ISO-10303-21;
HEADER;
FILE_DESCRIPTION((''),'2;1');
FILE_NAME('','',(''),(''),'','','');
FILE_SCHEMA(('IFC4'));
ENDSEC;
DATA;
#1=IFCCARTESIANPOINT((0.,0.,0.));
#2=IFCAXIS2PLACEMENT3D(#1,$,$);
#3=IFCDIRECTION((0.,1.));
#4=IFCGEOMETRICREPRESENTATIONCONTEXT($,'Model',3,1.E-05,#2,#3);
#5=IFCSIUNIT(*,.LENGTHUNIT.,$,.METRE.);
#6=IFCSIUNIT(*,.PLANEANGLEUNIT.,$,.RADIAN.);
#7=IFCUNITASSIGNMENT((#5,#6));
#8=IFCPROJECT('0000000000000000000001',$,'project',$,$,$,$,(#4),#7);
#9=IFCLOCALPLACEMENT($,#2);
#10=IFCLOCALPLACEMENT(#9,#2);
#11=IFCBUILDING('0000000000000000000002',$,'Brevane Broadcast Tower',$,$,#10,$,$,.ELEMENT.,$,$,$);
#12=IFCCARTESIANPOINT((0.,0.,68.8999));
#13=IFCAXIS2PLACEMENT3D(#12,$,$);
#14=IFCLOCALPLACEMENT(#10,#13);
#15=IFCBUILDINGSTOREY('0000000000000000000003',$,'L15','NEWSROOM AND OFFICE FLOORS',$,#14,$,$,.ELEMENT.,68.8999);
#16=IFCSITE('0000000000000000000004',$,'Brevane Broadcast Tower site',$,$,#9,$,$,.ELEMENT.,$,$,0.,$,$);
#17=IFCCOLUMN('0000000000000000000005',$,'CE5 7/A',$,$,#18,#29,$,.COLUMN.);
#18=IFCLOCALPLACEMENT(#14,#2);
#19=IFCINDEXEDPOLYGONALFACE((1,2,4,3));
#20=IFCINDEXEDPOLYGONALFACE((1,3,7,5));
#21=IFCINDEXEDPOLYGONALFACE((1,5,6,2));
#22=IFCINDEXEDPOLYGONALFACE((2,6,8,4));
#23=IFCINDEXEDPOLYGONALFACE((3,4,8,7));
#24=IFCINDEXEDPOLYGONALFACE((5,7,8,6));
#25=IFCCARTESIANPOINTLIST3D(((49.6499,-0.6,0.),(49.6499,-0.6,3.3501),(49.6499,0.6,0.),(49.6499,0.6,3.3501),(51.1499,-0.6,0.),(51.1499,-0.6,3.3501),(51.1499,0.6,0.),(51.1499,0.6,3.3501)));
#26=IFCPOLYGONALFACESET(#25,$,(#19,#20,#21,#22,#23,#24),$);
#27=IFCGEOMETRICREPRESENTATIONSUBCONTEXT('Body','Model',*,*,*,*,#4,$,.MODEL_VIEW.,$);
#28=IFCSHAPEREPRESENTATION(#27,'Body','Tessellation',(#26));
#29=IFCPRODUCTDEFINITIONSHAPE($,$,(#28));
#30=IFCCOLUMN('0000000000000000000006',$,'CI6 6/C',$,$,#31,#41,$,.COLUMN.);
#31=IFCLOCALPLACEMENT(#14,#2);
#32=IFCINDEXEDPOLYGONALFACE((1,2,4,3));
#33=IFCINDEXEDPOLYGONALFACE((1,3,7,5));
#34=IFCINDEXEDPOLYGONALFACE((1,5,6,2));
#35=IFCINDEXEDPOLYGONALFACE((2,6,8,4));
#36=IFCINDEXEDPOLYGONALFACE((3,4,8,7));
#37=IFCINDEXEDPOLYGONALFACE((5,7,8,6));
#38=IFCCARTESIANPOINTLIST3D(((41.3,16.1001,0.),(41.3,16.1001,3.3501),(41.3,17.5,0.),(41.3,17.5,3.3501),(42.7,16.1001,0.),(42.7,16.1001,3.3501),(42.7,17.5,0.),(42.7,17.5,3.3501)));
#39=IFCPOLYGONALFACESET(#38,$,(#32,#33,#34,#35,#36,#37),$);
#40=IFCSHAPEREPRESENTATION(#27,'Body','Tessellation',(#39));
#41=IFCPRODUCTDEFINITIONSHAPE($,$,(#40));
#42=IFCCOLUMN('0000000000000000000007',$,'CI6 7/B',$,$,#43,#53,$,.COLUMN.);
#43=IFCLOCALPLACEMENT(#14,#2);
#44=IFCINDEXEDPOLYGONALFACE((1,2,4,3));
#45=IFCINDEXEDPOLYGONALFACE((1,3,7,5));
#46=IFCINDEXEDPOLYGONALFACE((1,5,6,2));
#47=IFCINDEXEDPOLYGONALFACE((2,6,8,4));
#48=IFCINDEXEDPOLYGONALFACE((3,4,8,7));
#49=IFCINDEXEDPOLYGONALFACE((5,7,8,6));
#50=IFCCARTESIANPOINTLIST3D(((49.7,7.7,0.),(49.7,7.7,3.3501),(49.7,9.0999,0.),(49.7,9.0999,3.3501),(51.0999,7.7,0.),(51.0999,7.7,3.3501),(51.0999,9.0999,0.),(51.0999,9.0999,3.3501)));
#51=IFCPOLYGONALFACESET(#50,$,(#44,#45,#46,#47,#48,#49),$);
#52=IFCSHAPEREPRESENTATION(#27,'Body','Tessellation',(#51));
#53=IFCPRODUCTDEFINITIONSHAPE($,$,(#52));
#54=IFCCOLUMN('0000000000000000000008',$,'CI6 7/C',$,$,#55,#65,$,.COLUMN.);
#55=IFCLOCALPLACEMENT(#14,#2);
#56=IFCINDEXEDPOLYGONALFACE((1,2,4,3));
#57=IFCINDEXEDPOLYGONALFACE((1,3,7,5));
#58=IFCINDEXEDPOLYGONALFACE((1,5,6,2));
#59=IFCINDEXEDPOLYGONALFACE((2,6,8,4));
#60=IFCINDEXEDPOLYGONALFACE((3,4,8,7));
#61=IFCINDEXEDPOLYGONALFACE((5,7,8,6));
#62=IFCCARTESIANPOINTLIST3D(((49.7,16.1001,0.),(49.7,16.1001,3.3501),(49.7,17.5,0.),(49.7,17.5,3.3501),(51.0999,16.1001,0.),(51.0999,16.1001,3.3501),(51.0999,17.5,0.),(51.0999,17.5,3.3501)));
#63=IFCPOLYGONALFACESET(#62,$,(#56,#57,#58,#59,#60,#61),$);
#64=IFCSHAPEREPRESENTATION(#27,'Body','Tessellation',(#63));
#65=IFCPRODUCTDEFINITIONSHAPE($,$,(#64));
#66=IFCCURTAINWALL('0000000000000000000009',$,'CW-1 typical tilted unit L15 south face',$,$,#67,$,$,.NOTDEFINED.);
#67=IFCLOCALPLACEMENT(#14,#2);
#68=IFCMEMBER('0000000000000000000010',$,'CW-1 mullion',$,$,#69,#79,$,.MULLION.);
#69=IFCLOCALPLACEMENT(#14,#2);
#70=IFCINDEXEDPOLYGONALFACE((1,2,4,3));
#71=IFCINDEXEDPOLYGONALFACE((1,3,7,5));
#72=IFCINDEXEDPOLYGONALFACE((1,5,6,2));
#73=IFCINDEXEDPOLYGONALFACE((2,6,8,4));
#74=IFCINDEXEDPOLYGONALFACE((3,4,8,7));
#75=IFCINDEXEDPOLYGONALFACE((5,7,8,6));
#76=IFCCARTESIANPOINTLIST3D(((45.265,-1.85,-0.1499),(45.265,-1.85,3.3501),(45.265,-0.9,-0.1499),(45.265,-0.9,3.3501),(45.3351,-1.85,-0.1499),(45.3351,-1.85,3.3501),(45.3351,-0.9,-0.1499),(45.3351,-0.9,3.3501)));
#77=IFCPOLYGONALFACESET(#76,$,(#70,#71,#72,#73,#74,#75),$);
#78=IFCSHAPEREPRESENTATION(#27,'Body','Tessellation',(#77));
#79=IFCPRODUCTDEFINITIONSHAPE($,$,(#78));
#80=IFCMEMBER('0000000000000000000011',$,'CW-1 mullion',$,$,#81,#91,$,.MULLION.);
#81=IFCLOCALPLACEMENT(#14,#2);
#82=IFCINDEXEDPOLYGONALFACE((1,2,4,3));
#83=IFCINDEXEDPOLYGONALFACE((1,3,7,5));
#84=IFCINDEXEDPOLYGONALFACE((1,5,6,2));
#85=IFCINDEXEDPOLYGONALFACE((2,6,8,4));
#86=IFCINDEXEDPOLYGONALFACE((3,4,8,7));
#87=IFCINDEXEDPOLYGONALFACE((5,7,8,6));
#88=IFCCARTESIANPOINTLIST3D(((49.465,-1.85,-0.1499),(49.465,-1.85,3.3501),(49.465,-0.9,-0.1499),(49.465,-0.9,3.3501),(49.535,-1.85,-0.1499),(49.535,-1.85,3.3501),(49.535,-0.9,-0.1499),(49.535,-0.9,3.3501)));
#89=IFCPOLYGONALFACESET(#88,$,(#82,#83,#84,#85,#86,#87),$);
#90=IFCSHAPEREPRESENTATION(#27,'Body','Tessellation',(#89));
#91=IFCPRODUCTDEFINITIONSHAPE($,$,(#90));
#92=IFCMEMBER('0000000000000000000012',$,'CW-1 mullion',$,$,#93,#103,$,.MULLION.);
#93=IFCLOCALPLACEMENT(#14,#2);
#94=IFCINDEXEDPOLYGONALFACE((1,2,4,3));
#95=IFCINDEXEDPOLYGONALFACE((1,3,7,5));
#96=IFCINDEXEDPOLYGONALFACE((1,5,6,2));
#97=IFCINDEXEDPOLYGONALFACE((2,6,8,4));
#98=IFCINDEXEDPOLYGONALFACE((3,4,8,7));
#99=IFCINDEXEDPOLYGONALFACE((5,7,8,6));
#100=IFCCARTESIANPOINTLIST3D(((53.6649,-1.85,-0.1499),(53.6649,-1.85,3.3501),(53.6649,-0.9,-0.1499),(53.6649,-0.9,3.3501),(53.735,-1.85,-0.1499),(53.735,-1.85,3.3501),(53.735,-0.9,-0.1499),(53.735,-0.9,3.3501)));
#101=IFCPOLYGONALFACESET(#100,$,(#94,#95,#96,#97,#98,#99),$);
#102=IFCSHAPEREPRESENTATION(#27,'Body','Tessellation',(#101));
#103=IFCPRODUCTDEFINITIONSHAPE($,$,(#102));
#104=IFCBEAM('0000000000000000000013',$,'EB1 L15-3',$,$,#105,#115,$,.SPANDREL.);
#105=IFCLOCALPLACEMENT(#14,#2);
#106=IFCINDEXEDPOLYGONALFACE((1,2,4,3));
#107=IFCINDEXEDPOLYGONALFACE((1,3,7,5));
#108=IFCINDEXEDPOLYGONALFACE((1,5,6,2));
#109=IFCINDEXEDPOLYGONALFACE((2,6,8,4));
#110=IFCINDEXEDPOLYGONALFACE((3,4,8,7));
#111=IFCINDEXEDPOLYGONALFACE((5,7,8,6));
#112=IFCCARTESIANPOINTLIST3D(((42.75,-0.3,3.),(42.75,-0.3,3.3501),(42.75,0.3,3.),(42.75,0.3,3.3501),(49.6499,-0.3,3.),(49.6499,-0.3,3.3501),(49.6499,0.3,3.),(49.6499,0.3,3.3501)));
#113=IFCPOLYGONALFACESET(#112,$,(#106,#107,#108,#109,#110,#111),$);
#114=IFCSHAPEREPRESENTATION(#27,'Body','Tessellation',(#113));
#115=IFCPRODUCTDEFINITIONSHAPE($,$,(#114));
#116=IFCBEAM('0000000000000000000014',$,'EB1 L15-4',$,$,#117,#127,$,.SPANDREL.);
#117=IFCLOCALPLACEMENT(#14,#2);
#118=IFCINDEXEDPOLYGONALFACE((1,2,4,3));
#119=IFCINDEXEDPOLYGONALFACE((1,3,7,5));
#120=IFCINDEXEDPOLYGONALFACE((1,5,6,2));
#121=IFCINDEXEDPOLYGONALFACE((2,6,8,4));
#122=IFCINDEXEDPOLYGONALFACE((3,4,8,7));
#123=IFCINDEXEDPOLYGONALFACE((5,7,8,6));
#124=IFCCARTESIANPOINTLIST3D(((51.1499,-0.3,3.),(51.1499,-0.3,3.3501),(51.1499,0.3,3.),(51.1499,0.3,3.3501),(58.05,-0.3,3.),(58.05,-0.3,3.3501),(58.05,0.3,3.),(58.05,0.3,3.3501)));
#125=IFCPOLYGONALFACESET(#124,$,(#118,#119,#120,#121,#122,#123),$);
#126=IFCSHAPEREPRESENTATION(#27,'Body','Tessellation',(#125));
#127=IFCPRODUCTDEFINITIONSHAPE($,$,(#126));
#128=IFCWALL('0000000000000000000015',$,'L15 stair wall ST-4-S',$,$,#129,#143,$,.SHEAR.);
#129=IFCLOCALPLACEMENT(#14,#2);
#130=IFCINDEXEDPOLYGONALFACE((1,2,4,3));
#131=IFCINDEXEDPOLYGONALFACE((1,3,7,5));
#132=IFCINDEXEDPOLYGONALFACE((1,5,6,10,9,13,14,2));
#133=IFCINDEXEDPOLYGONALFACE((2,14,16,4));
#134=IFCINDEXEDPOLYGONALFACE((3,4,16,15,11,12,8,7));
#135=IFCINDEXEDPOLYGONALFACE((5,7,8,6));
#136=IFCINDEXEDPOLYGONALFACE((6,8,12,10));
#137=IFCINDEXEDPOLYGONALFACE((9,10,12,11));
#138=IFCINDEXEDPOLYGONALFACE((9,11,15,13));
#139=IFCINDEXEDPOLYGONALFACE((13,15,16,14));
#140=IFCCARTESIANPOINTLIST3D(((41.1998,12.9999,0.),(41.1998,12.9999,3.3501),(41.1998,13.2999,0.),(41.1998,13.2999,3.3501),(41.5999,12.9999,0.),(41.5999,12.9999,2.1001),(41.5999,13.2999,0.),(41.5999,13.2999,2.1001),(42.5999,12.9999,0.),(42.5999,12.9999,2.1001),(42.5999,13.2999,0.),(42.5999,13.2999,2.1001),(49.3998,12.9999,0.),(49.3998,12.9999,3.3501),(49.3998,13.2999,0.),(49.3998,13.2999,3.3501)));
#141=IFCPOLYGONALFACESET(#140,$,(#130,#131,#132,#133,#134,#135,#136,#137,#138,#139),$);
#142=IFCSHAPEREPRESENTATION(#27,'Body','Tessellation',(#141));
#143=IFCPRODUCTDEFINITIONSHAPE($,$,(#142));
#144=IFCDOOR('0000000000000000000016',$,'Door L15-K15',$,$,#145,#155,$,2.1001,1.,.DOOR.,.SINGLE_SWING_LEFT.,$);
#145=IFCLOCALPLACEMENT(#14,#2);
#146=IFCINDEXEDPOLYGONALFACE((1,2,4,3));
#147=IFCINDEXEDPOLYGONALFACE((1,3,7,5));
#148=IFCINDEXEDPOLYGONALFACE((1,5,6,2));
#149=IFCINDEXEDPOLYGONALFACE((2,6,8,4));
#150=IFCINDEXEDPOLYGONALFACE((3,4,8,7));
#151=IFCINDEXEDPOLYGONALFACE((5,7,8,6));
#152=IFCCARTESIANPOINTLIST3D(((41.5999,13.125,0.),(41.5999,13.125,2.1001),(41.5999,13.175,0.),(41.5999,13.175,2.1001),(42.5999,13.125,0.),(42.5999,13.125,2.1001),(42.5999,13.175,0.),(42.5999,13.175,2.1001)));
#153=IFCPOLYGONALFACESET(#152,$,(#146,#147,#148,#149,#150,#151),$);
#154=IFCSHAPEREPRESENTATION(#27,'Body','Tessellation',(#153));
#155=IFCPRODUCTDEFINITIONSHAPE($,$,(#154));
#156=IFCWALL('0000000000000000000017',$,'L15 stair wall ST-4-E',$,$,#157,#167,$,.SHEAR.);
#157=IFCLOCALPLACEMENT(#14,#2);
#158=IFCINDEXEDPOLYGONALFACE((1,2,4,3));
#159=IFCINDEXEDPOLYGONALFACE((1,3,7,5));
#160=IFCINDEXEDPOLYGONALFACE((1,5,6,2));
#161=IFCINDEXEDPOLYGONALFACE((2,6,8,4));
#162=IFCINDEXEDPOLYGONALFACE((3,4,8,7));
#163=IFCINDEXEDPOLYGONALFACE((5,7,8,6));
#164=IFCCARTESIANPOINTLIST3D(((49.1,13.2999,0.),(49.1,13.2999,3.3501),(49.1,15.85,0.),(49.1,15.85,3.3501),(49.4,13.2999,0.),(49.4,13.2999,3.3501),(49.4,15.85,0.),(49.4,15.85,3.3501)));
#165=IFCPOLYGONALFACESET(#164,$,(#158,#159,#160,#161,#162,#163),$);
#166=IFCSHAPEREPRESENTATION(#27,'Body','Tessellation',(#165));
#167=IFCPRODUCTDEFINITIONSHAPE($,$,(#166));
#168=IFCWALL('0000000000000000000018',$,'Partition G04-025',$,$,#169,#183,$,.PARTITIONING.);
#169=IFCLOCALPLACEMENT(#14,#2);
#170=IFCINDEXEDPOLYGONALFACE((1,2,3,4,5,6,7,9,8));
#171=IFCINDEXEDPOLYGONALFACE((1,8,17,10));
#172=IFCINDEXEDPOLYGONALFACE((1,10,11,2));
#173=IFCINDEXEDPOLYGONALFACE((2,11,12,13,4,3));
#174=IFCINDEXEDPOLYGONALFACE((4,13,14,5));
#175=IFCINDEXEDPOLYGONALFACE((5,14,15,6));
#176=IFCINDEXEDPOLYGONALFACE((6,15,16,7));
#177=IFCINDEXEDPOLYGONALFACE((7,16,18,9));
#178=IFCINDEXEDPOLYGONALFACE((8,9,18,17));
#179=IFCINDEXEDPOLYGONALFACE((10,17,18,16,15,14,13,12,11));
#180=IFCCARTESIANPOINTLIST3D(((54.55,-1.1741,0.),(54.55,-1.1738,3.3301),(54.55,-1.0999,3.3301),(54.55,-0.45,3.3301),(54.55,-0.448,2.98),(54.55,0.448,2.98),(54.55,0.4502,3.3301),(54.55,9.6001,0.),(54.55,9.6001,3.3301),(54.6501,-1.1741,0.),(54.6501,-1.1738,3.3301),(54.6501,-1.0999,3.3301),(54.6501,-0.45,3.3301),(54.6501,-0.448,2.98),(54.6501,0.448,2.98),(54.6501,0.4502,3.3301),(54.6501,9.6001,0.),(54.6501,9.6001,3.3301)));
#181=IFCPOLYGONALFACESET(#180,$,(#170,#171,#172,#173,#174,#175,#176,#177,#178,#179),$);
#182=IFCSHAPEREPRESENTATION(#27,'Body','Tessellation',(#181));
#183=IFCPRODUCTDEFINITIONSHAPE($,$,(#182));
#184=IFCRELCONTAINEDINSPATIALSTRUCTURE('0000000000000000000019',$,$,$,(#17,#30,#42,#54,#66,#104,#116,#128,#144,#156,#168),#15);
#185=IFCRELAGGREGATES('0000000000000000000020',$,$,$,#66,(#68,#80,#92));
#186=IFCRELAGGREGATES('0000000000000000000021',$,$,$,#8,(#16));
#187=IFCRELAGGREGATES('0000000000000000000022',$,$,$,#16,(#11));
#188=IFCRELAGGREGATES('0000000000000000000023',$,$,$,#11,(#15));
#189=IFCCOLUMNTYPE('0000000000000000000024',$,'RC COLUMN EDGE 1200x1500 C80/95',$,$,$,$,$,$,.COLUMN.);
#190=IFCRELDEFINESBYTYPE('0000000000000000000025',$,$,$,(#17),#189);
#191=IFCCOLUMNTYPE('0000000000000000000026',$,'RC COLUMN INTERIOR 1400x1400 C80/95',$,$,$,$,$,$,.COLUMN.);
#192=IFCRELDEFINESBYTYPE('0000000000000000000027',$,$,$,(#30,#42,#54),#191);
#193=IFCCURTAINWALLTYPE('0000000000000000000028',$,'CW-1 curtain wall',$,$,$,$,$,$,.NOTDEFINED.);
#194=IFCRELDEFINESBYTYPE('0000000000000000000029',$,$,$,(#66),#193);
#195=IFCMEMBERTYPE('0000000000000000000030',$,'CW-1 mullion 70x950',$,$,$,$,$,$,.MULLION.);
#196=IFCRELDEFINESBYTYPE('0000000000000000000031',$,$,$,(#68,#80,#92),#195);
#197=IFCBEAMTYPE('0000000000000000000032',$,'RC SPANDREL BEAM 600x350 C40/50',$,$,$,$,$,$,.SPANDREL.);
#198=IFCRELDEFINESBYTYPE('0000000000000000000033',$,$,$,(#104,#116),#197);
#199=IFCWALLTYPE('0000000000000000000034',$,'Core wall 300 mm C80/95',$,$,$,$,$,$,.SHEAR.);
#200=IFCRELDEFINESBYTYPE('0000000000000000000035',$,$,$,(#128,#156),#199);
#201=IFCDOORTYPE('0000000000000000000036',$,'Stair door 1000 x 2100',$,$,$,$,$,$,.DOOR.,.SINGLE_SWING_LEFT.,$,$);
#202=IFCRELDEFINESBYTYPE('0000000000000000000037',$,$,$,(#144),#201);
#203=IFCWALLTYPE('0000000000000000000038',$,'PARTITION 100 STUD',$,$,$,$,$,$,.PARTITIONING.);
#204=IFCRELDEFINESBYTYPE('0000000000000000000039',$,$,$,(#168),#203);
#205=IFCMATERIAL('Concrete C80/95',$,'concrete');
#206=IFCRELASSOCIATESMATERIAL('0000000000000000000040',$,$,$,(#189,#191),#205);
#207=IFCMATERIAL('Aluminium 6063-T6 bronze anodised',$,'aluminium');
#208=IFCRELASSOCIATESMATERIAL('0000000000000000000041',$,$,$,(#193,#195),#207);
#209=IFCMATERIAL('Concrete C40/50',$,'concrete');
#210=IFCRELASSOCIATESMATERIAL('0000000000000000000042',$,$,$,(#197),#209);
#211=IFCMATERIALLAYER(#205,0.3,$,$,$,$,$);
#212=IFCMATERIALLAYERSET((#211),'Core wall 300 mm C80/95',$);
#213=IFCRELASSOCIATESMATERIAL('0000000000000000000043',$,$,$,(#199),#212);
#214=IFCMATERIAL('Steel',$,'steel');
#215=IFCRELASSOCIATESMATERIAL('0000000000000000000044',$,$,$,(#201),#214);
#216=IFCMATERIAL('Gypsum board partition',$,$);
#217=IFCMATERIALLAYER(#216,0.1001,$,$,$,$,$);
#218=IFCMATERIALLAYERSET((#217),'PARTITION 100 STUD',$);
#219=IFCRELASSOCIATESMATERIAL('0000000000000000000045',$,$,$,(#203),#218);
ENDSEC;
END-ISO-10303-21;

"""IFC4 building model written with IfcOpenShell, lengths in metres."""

from ifc_helpers import new_model, si_unit, direction, frame, frame_2d, origin, origin_2d, place, context, subcontext, project, spatial, polyline, rectangle, outline, extrude, material, layer, layer_set, material_profile, profile_set, type_object, element, fill, aggregate, save


model = new_model("IFC4")

# Units and contexts
model_context = context("Model", 3, precision=1e-05, world=origin(), true_north=direction((0.0, 1.0)))
body_context = subcontext(model_context, "Body", "Model", "MODEL_VIEW")
ifc_project = project(units=[si_unit("LENGTHUNIT", "METRE"), si_unit("PLANEANGLEUNIT", "RADIAN")], contexts=[model_context])

# Site, building, storey
site_placement = place(None, origin())
site = spatial("IfcSite", under=ifc_project, at=site_placement, Name="Brevane Broadcast Tower site", CompositionType="ELEMENT", RefElevation=0.0)
building_placement = place(site_placement, origin())
building = spatial("IfcBuilding", under=site, at=building_placement, Name="Brevane Broadcast Tower", CompositionType="ELEMENT")
storey_placement = place(building_placement, frame((0.0, 0.0, 68.8999)))
storey = spatial("IfcBuildingStorey", under=building, at=storey_placement, Name="L15", Description="NEWSROOM AND OFFICE FLOORS", CompositionType="ELEMENT", Elevation=68.8999)

# Columns
ifc_material_1 = material(Name="Concrete C80/95", Category="concrete")
ifc_material_profile_1 = material_profile(ifc_material_1, rectangle(XDim=1.2, YDim=1.5, at=origin_2d()), Name="RC 1200x1500")
ifc_profile_set_1 = profile_set([ifc_material_profile_1], Name="Concrete C80/95")
column_type_1 = type_object("IfcColumnType", Name="RC COLUMN EDGE 1200x1500 C80/95", PredefinedType="COLUMN", material=ifc_profile_set_1)
column_placement = place(storey_placement, frame((50.3999, 0.0, 0.0), z_axis=(0.0, 0.0, 1.0), x_axis=(0.0, 1.0, 0.0)))
element("IfcColumn", 1, at=column_placement, inside=storey, type_object=column_type_1, Name="CE5 7/A", PredefinedType="COLUMN", context=body_context, shape_type="SweptSolid", body=[
    extrude(rectangle(XDim=1.2, YDim=1.5, at=origin_2d()), origin(), (0.0, 0.0, 1.0), 3.3501),
])
ifc_material_profile_2 = material_profile(ifc_material_1, rectangle(XDim=1.3999, YDim=1.3999, at=origin_2d()), Name="RC 1400x1400")
ifc_profile_set_2 = profile_set([ifc_material_profile_2], Name="Concrete C80/95")
column_type_2 = type_object("IfcColumnType", Name="RC COLUMN INTERIOR 1400x1400 C80/95", PredefinedType="COLUMN", material=ifc_profile_set_2)
for number, where, z_axis, x_axis, name in (
    (2, (42.0, 16.8, 0.0), (0.0, 0.0, 1.0), (1.0, 0.0, 0.0), "CI6 6/C"),
    (3, (50.3999, 8.3999, 0.0), (0.0, 0.0, 1.0), (1.0, 0.0, 0.0), "CI6 7/B"),
    (4, (50.3999, 16.8, 0.0), (0.0, 0.0, 1.0), (1.0, 0.0, 0.0), "CI6 7/C"),
):
    element("IfcColumn", number, at=place(storey_placement, frame(where, z_axis=z_axis, x_axis=x_axis)), inside=storey, type_object=column_type_2, Name=name, PredefinedType="COLUMN", context=body_context, shape_type="SweptSolid", body=[
        extrude(rectangle(XDim=1.3999, YDim=1.3999, at=origin_2d()), origin(), (0.0, 0.0, 1.0), 3.3501),
    ])

# Curtain wall, members
ifc_material_2 = material(Name="Aluminium 6063-T6 bronze anodised", Category="aluminium")
curtain_wall_type = type_object("IfcCurtainWallType", Name="CW-1 curtain wall", PredefinedType="NOTDEFINED", material=ifc_material_2)
curtain_wall_placement = place(storey_placement, origin())
curtain_wall = element("IfcCurtainWall", 5, at=curtain_wall_placement, inside=storey, type_object=curtain_wall_type, Name="CW-1 typical tilted unit L15 south face", PredefinedType="NOTDEFINED")
ifc_material_profile_3 = material_profile(ifc_material_2, rectangle(XDim=0.95, YDim=0.0701, at=origin_2d()), Name="RECT 70x950")
ifc_profile_set_3 = profile_set([ifc_material_profile_3], Name="Aluminium 6063-T6 bronze anodised")
member_type = type_object("IfcMemberType", Name="CW-1 mullion 70x950", PredefinedType="MULLION", material=ifc_profile_set_3)
member_1_placement = place(storey_placement, frame((45.3, -1.375, -0.1499), z_axis=(0.0, 0.0, 1.0), x_axis=(0.0, 1.0, 0.0)))
member_1 = element("IfcMember", 6, at=member_1_placement, type_object=member_type, Name="CW-1 mullion", PredefinedType="MULLION", context=body_context, shape_type="SweptSolid", body=[
    extrude(rectangle(XDim=0.95, YDim=0.0701, at=origin_2d()), origin(), (0.0, 0.0, 1.0), 3.5),
])
member_2_placement = place(storey_placement, frame((49.5, -1.375, -0.1499), z_axis=(0.0, 0.0, 1.0), x_axis=(0.0, 1.0, 0.0)))
member_2 = element("IfcMember", 7, at=member_2_placement, type_object=member_type, Name="CW-1 mullion", PredefinedType="MULLION", context=body_context, shape_type="SweptSolid", body=[
    extrude(rectangle(XDim=0.95, YDim=0.0701, at=origin_2d()), origin(), (0.0, 0.0, 1.0), 3.5),
])
member_3_placement = place(storey_placement, frame((53.7, -1.375, -0.1499), z_axis=(0.0, 0.0, 1.0), x_axis=(0.0, 1.0, 0.0)))
member_3 = element("IfcMember", 8, at=member_3_placement, type_object=member_type, Name="CW-1 mullion", PredefinedType="MULLION", context=body_context, shape_type="SweptSolid", body=[
    extrude(rectangle(XDim=0.95, YDim=0.0701, at=origin_2d()), origin(), (0.0, 0.0, 1.0), 3.5),
])
aggregate(curtain_wall, [member_1, member_2, member_3])

# Beams
ifc_material_3 = material(Name="Concrete C40/50", Category="concrete")
ifc_material_profile_4 = material_profile(ifc_material_3, rectangle(XDim=0.6001, YDim=0.3501, at=origin_2d()), Name="RC 600x350")
ifc_profile_set_4 = profile_set([ifc_material_profile_4], Name="Concrete C40/50")
beam_type = type_object("IfcBeamType", Name="RC SPANDREL BEAM 600x350 C40/50", PredefinedType="SPANDREL", material=ifc_profile_set_4)
beam_1_placement = place(storey_placement, frame((42.75, 0.0, 3.175), z_axis=(1.0, 0.0, 0.0), x_axis=(0.0, 1.0, 0.0)))
element("IfcBeam", 9, at=beam_1_placement, inside=storey, type_object=beam_type, Name="EB1 L15-3", PredefinedType="SPANDREL", context=body_context, shape_type="SweptSolid", body=[
    extrude(rectangle(XDim=0.6001, YDim=0.3501, at=origin_2d()), origin(), (0.0, 0.0, 1.0), 6.8999),
])
beam_2_placement = place(storey_placement, frame((51.1499, 0.0, 3.175), z_axis=(1.0, 0.0, 0.0), x_axis=(0.0, 1.0, 0.0)))
element("IfcBeam", 10, at=beam_2_placement, inside=storey, type_object=beam_type, Name="EB1 L15-4", PredefinedType="SPANDREL", context=body_context, shape_type="SweptSolid", body=[
    extrude(rectangle(XDim=0.6001, YDim=0.3501, at=origin_2d()), origin(), (0.0, 0.0, 1.0), 6.9001),
])

# Wall, opening, door
ifc_layer_1 = layer(ifc_material_1, 0.3)
ifc_layer_set_1 = layer_set([ifc_layer_1], Name="Core wall 300 mm C80/95")
wall_type_1 = type_object("IfcWallType", Name="Core wall 300 mm C80/95", PredefinedType="SHEAR", material=ifc_layer_set_1)
wall_1_placement = place(storey_placement, frame((49.3999, 13.1499, 0.0), z_axis=(0.0, 0.0, 1.0), x_axis=(-1.0, 0.0, 0.0)))
wall_1 = element("IfcWall", 11, at=wall_1_placement, inside=storey, type_object=wall_type_1, Name="L15 stair wall ST-4-S", PredefinedType="SHEAR", context=body_context, shape_type="SweptSolid", body=[
    extrude(rectangle(XDim=8.2, YDim=0.3, at=frame_2d((4.1001, 0.0))), origin(), (0.0, 0.0, 1.0), 3.3501),
])
opening_1_placement = place(wall_1_placement, frame((6.8, 0.0, 0.0)))
opening_1 = element("IfcOpeningElement", 12, at=opening_1_placement, cuts=wall_1, PredefinedType="OPENING", context=body_context, shape_type="SweptSolid", body=[
    extrude(rectangle(XDim=1.0, YDim=2.1001, at=frame_2d((0.5, 1.05))), frame((0.0, 0.1599, 0.0), z_axis=(0.0, -1.0, 0.0), x_axis=(1.0, 0.0, 0.0)), (0.0, 0.0, 1.0), 0.3201),
])
ifc_material_4 = material(Name="Steel", Category="steel")
door_type_1 = type_object("IfcDoorType", Name="Stair door 1000 x 2100", OperationType="SINGLE_SWING_LEFT", PredefinedType="DOOR", material=ifc_material_4)
door_1_placement = place(opening_1_placement, origin())
door_1 = element("IfcDoor", 13, at=door_1_placement, inside=storey, type_object=door_type_1, Name="Door L15-K15", OperationType="SINGLE_SWING_LEFT", OverallHeight=2.1001, OverallWidth=1.0, PredefinedType="DOOR", context=body_context, shape_type="SweptSolid", body=[
    extrude(rectangle(XDim=1.0, YDim=2.1001, at=frame_2d((0.5, 1.05))), frame((0.0, 0.0249, 0.0), z_axis=(0.0, -1.0, 0.0), x_axis=(1.0, 0.0, 0.0)), (0.0, 0.0, 1.0), 0.05),
])
fill(opening_1, door_1)

# Walls
wall_2_placement = place(storey_placement, frame((49.25, 13.3, 0.0), z_axis=(0.0, 0.0, 1.0), x_axis=(0.0, 1.0, 0.0)))
element("IfcWall", 14, at=wall_2_placement, inside=storey, type_object=wall_type_1, Name="L15 stair wall ST-4-E", PredefinedType="SHEAR", context=body_context, shape_type="SweptSolid", body=[
    extrude(rectangle(XDim=2.55, YDim=0.3, at=frame_2d((1.2749, 0.0))), origin(), (0.0, 0.0, 1.0), 3.3501),
])
ifc_material_5 = material(Name="Gypsum board partition")
ifc_layer_2 = layer(ifc_material_5, 0.1001)
ifc_layer_set_2 = layer_set([ifc_layer_2], Name="PARTITION 100 STUD")
wall_type_2 = type_object("IfcWallType", Name="PARTITION 100 STUD", PredefinedType="PARTITIONING", material=ifc_layer_set_2)
wall_3_placement = place(storey_placement, frame((54.6001, 9.6001, 0.0), z_axis=(0.0, 0.0, 1.0), x_axis=(0.0, -1.0, 0.0)))
element("IfcWall", 15, at=wall_3_placement, inside=storey, type_object=wall_type_2, Name="Partition G04-025", PredefinedType="PARTITIONING", context=body_context, shape_type="SweptSolid", body=[
    extrude(outline(polyline([(0.0, 0.0), (10.7742, 0.0), (10.7739, 3.3301), (10.7, 3.3301), (10.05, 3.3301), (10.0481, 2.98), (9.1521, 2.98), (9.1499, 3.3301), (0.0, 3.3301), (0.0, 0.0)])), frame((0.0, 0.05, 0.0), z_axis=(0.0, -1.0, 0.0), x_axis=(1.0, 0.0, 0.0)), (0.0, 0.0, 1.0), 0.1001),
])

save(model, "model.ifc")
